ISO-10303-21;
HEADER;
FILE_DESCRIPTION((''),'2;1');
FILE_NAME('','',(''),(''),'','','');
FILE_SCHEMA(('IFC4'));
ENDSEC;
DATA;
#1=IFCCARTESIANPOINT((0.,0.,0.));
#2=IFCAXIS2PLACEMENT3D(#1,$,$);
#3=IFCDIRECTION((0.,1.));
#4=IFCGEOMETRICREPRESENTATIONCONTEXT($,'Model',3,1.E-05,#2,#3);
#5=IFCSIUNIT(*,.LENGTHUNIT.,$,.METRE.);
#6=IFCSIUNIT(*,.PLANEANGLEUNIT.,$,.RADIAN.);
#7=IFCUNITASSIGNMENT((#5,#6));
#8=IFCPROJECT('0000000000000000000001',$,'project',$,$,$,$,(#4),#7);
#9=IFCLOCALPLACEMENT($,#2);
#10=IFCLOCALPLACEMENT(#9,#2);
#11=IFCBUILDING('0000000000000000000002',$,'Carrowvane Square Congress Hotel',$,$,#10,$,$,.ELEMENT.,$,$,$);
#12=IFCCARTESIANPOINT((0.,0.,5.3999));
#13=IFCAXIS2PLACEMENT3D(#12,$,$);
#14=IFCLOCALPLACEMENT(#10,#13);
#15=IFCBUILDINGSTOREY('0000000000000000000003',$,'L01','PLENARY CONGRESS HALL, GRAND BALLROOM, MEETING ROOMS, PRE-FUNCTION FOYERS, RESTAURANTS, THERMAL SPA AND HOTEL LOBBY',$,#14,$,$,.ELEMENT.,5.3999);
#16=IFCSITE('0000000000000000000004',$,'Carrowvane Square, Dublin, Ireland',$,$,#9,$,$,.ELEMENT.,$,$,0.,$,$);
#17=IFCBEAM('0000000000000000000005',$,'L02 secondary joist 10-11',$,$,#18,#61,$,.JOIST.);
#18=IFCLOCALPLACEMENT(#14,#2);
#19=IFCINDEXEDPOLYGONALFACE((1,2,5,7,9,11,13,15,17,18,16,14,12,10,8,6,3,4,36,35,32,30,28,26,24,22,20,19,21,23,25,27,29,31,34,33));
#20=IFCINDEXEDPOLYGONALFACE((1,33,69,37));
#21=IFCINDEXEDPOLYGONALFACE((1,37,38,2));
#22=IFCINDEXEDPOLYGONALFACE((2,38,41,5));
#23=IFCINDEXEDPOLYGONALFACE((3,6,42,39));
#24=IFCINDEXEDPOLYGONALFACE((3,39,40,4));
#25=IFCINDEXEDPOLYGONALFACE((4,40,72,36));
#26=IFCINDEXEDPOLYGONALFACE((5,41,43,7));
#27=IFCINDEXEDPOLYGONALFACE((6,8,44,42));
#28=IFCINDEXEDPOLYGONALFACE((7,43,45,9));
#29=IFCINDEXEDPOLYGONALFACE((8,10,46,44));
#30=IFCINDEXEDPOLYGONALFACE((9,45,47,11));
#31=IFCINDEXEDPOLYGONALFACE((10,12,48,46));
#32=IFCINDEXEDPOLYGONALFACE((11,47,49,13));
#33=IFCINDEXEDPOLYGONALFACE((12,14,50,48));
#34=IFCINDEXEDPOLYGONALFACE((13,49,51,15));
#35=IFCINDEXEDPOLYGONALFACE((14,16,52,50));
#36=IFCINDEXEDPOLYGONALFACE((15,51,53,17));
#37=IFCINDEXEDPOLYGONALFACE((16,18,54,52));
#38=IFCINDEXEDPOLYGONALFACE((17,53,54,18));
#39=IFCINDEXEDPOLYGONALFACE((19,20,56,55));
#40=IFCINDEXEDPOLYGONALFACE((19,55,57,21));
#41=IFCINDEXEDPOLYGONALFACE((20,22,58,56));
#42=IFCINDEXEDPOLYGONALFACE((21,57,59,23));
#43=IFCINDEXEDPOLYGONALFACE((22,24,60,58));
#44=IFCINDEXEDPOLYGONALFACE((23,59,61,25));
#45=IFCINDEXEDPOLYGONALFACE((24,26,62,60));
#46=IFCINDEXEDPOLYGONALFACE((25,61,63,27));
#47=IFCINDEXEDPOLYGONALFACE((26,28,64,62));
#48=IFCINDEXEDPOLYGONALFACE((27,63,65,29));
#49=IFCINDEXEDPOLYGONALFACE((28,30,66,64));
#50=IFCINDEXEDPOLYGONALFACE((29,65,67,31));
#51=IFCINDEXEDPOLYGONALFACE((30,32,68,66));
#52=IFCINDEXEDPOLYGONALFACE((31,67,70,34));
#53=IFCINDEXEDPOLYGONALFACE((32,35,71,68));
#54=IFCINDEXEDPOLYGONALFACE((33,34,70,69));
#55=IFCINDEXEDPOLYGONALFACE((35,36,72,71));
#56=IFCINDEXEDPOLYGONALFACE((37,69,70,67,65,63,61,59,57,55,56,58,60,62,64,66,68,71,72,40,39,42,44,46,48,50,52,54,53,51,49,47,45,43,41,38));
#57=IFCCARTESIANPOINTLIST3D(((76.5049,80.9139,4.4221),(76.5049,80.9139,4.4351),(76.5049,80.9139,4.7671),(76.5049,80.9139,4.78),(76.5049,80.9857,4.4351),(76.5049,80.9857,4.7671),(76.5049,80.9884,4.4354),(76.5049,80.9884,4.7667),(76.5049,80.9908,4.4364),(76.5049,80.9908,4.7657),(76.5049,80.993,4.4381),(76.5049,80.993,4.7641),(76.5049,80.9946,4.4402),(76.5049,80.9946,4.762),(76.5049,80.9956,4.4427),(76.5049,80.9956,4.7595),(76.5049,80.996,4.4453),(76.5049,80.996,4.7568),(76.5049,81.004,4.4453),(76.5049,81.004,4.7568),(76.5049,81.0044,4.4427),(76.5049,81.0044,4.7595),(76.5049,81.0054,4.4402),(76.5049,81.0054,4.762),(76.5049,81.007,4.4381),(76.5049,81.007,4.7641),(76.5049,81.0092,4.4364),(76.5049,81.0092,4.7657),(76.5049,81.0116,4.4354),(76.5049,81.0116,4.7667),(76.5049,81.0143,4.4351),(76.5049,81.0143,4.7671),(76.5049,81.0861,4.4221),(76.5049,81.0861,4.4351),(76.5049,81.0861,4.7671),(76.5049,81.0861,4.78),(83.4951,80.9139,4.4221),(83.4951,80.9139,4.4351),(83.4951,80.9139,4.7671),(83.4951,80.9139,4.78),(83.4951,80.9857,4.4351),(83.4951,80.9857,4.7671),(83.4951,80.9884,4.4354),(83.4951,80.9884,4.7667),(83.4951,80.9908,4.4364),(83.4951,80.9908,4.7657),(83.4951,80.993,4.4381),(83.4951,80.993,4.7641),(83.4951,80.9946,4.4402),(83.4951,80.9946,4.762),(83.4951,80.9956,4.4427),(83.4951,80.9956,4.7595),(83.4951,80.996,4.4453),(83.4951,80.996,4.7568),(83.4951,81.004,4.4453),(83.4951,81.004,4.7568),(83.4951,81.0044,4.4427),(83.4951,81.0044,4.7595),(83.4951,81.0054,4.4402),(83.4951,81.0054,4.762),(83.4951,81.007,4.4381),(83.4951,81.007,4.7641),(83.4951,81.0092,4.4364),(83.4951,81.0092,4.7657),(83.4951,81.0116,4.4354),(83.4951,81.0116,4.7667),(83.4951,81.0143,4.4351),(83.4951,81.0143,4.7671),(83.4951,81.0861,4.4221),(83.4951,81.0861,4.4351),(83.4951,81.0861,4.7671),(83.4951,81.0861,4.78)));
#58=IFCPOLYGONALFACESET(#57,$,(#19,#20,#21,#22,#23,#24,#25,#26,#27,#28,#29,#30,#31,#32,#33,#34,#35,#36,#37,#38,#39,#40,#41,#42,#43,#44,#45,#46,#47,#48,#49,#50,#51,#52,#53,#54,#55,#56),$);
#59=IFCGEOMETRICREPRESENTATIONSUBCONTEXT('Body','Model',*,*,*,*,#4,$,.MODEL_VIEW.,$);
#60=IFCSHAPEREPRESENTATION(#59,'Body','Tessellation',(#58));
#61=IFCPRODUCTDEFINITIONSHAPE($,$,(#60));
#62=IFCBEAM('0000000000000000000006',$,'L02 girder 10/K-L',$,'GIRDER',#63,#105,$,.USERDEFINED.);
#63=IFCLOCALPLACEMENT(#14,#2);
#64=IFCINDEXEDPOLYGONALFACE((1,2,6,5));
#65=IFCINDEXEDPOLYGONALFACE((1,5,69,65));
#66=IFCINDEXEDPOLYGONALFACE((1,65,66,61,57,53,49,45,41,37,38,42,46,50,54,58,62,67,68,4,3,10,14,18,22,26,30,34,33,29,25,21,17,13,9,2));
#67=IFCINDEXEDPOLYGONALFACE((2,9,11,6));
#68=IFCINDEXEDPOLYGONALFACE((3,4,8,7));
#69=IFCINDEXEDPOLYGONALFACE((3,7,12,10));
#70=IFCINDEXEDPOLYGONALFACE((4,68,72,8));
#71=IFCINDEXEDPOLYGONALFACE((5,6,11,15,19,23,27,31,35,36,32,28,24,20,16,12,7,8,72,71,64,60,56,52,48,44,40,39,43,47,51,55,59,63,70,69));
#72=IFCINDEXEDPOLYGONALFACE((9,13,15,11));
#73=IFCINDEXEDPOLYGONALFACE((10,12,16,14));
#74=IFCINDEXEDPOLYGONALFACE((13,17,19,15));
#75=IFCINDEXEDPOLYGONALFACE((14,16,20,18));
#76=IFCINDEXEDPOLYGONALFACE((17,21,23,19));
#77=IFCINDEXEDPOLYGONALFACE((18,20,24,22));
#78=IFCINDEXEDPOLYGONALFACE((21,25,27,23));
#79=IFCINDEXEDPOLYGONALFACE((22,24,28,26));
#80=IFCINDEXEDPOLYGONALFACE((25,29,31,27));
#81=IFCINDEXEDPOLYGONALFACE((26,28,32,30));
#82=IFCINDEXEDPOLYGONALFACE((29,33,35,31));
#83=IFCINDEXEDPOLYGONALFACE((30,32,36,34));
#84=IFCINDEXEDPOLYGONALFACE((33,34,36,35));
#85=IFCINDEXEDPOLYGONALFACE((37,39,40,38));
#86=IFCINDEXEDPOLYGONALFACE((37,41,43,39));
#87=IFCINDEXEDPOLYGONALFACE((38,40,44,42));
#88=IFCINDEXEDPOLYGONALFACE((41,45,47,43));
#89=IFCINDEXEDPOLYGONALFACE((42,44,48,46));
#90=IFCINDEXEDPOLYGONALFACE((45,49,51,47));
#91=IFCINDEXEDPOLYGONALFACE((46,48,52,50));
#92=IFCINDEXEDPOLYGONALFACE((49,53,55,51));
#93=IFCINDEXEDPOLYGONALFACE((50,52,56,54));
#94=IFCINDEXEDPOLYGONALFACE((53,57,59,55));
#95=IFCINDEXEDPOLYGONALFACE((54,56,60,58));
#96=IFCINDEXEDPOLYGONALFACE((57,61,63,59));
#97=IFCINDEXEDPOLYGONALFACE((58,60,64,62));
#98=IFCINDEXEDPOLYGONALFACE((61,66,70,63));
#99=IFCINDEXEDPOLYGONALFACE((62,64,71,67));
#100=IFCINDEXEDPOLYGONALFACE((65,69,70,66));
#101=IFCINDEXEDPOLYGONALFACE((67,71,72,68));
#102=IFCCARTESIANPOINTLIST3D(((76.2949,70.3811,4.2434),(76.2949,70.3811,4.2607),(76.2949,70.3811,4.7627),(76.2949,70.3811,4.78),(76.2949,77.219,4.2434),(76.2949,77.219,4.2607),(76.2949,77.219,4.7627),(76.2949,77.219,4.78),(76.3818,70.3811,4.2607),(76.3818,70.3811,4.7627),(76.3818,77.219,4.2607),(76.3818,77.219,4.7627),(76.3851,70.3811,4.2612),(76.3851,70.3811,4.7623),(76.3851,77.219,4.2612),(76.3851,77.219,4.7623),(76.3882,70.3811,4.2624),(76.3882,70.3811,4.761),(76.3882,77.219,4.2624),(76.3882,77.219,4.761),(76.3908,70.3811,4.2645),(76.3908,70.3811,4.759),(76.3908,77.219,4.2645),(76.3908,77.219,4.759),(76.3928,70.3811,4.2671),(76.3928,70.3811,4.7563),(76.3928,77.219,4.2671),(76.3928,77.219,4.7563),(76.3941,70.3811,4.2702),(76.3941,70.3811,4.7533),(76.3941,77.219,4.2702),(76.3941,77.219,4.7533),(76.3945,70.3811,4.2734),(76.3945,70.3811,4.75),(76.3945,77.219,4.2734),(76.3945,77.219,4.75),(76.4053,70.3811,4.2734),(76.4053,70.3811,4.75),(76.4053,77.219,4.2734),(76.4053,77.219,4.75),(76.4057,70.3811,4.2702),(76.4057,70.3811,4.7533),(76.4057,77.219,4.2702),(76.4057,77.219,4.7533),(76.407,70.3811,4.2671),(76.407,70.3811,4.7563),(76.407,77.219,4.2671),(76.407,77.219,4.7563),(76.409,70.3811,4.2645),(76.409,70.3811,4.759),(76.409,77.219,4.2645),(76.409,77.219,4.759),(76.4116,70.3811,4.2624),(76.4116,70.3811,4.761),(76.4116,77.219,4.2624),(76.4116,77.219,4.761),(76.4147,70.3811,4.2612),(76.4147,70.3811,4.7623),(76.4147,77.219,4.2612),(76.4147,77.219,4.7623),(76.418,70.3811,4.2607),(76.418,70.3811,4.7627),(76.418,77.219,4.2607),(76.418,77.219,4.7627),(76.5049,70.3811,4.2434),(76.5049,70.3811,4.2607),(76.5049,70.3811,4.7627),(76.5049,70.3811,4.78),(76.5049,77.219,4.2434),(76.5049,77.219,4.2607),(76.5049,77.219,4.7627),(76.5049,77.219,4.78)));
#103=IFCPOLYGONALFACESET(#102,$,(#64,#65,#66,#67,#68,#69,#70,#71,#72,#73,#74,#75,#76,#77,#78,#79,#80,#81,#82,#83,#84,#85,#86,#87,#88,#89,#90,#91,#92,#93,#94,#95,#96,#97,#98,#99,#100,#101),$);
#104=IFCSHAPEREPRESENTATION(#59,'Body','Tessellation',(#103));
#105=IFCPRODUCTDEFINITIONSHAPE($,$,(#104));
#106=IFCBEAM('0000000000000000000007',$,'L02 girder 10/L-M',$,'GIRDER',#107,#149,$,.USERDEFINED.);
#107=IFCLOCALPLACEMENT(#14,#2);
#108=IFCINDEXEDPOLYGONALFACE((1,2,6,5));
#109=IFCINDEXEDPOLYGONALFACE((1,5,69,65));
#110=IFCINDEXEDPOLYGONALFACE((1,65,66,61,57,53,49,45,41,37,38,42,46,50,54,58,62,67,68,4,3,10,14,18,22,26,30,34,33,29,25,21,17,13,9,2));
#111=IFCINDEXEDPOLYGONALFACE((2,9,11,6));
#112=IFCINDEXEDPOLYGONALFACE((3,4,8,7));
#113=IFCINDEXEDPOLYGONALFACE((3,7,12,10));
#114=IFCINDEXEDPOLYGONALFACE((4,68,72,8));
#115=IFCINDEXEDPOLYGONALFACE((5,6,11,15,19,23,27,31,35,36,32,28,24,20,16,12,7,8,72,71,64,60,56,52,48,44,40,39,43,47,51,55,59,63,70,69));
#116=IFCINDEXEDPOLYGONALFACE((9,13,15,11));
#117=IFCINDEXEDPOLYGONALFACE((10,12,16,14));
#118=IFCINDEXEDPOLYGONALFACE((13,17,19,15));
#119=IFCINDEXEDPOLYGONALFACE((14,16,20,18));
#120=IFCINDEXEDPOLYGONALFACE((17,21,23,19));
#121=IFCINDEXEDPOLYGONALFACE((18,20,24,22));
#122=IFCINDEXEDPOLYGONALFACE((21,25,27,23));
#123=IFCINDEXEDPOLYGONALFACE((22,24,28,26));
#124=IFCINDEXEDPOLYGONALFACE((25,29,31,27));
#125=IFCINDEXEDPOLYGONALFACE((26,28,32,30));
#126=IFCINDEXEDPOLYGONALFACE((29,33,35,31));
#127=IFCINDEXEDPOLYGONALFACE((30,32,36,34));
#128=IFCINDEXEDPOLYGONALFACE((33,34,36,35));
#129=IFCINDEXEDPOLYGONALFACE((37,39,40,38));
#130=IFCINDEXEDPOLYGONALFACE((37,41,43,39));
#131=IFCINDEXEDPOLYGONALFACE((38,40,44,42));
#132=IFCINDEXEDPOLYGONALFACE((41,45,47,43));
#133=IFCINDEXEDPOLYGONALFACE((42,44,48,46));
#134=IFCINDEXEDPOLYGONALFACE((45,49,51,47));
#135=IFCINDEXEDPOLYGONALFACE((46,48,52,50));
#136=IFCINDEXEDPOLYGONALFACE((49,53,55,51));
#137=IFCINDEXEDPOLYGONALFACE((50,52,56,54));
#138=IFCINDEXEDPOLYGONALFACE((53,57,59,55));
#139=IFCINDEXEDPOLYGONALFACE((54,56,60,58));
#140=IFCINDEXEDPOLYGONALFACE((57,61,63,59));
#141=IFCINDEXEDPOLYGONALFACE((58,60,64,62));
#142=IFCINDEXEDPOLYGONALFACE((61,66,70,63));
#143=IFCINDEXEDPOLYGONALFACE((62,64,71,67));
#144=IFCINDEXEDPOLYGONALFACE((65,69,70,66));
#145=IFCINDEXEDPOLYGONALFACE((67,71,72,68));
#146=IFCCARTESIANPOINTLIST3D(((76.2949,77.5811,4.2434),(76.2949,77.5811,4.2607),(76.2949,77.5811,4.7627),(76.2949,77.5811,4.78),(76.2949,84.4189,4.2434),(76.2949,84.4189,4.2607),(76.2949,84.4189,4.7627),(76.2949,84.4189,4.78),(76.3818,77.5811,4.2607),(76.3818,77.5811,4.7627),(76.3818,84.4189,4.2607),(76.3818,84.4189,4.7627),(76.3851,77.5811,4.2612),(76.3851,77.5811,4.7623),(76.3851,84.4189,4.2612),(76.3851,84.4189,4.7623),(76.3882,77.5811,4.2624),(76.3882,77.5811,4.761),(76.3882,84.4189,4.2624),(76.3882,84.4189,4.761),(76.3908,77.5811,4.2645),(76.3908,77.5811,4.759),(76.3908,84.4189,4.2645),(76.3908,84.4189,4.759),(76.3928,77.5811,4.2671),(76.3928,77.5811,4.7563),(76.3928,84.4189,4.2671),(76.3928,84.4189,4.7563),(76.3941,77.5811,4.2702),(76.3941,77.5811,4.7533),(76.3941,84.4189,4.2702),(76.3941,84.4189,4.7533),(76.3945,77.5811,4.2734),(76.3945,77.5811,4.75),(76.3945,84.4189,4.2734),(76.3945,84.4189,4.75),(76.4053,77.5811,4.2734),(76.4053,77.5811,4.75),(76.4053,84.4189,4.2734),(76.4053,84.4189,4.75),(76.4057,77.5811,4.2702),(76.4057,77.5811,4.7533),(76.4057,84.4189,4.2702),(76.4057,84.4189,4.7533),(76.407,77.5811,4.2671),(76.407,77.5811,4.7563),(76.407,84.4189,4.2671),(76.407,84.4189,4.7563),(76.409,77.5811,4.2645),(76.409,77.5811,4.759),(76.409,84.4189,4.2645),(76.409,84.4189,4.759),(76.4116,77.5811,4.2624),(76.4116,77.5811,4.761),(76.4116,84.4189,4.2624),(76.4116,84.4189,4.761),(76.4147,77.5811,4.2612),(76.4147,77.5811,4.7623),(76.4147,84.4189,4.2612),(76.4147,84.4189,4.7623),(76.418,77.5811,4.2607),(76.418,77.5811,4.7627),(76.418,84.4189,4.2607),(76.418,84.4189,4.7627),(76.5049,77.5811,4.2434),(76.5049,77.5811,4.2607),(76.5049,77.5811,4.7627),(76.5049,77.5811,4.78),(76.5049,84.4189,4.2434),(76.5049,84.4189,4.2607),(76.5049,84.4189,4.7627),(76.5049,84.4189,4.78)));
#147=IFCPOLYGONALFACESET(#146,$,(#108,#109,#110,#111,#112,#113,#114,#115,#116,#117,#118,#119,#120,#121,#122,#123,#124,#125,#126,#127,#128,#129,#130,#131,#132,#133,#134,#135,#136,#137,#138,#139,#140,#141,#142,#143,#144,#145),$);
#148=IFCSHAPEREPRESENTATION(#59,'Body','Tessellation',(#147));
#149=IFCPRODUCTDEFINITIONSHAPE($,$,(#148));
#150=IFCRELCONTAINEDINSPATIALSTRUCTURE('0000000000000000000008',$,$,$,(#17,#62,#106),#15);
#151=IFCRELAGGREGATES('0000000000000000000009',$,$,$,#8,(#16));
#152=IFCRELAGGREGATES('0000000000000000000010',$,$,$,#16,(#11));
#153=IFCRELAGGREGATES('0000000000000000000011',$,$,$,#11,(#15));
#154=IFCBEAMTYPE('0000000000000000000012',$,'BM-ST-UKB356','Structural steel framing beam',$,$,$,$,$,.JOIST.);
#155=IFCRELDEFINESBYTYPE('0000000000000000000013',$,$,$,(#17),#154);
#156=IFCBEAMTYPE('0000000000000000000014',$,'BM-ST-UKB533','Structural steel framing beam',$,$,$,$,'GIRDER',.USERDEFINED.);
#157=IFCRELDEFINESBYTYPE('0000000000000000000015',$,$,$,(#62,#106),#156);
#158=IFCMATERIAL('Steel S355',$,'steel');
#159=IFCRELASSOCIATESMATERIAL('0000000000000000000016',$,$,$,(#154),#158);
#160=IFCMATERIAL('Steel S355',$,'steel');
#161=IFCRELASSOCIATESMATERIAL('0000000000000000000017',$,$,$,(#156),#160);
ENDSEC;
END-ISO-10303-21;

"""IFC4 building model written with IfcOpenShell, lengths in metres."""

from ifc_helpers import new_model, si_unit, direction, frame, origin, origin_2d, place, context, subcontext, project, spatial, i_section, extrude, material, material_profile, profile_set, type_object, element, save


model = new_model("IFC4")

# Units and contexts
model_context = context("Model", 3, precision=1e-05, world=origin(), true_north=direction((0.0, 1.0)))
body_context = subcontext(model_context, "Body", "Model", "MODEL_VIEW")
ifc_project = project(units=[si_unit("LENGTHUNIT", "METRE"), si_unit("PLANEANGLEUNIT", "RADIAN")], contexts=[model_context])

# Site, building, storey
site_placement = place(None, origin())
site = spatial("IfcSite", under=ifc_project, at=site_placement, Name="Carrowvane Square, Dublin, Ireland", CompositionType="ELEMENT", RefElevation=0.0)
building_placement = place(site_placement, origin())
building = spatial("IfcBuilding", under=site, at=building_placement, Name="Carrowvane Square Congress Hotel", CompositionType="ELEMENT")
storey_placement = place(building_placement, frame((0.0, 0.0, 5.3999)))
storey = spatial("IfcBuildingStorey", under=building, at=storey_placement, Name="L01", Description="PLENARY CONGRESS HALL, GRAND BALLROOM, MEETING ROOMS, PRE-FUNCTION FOYERS, RESTAURANTS, THERMAL SPA AND HOTEL LOBBY", CompositionType="ELEMENT", Elevation=5.3999)

# Beams
ifc_material_1 = material(Name="Steel S355", Category="steel")
ifc_material_profile_1 = material_profile(ifc_material_1, i_section(OverallWidth=0.1721, OverallDepth=0.3579, WebThickness=0.0081, FlangeThickness=0.0129, FilletRadius=0.0103, at=origin_2d()), Name="UKB 356x171x57")
ifc_profile_set_1 = profile_set([ifc_material_profile_1], Name="Steel S355")
beam_type_1 = type_object("IfcBeamType", Name="BM-ST-UKB356", Description="Structural steel framing beam", PredefinedType="JOIST", material=ifc_profile_set_1)
for number, where, z_axis, x_axis, name in (
    (1, (76.5049, 81.0, 4.6011), (1.0, 0.0, 0.0), (0.0, 1.0, 0.0), "L02 secondary joist 10-11"),
):
    element("IfcBeam", number, at=place(storey_placement, frame(where, z_axis=z_axis, x_axis=x_axis)), inside=storey, type_object=beam_type_1, Name=name, PredefinedType="JOIST", context=body_context, shape_type="SweptSolid", body=[
        extrude(i_section(OverallWidth=0.1721, OverallDepth=0.3579, WebThickness=0.0081, FlangeThickness=0.0129, FilletRadius=0.0103, at=origin_2d()), origin(), (0.0, 0.0, 1.0), 6.9902),
    ])
ifc_material_2 = material(Name="Steel S355", Category="steel")
ifc_material_profile_2 = material_profile(ifc_material_2, i_section(OverallWidth=0.21, OverallDepth=0.5366, WebThickness=0.0107, FlangeThickness=0.0173, FilletRadius=0.0127, at=origin_2d()), Name="UKB 533x210x101")
ifc_profile_set_2 = profile_set([ifc_material_profile_2], Name="Steel S355")
beam_type_2 = type_object("IfcBeamType", Name="BM-ST-UKB533", Description="Structural steel framing beam", ElementType="GIRDER", PredefinedType="USERDEFINED", material=ifc_profile_set_2)
for number, where, z_axis, x_axis, name in (
    (2, (76.3999, 70.3811, 4.5117), (0.0, 1.0, 0.0), (-1.0, 0.0, 0.0), "L02 girder 10/K-L"),
    (3, (76.3999, 77.5811, 4.5117), (0.0, 1.0, 0.0), (-1.0, 0.0, 0.0), "L02 girder 10/L-M"),
):
    element("IfcBeam", number, at=place(storey_placement, frame(where, z_axis=z_axis, x_axis=x_axis)), inside=storey, type_object=beam_type_2, Name=name, ObjectType="GIRDER", PredefinedType="USERDEFINED", context=body_context, shape_type="SweptSolid", body=[
        extrude(i_section(OverallWidth=0.21, OverallDepth=0.5366, WebThickness=0.0107, FlangeThickness=0.0173, FilletRadius=0.0127, at=origin_2d()), origin(), (0.0, 0.0, 1.0), 6.8379),
    ])

save(model, "model.ifc")
